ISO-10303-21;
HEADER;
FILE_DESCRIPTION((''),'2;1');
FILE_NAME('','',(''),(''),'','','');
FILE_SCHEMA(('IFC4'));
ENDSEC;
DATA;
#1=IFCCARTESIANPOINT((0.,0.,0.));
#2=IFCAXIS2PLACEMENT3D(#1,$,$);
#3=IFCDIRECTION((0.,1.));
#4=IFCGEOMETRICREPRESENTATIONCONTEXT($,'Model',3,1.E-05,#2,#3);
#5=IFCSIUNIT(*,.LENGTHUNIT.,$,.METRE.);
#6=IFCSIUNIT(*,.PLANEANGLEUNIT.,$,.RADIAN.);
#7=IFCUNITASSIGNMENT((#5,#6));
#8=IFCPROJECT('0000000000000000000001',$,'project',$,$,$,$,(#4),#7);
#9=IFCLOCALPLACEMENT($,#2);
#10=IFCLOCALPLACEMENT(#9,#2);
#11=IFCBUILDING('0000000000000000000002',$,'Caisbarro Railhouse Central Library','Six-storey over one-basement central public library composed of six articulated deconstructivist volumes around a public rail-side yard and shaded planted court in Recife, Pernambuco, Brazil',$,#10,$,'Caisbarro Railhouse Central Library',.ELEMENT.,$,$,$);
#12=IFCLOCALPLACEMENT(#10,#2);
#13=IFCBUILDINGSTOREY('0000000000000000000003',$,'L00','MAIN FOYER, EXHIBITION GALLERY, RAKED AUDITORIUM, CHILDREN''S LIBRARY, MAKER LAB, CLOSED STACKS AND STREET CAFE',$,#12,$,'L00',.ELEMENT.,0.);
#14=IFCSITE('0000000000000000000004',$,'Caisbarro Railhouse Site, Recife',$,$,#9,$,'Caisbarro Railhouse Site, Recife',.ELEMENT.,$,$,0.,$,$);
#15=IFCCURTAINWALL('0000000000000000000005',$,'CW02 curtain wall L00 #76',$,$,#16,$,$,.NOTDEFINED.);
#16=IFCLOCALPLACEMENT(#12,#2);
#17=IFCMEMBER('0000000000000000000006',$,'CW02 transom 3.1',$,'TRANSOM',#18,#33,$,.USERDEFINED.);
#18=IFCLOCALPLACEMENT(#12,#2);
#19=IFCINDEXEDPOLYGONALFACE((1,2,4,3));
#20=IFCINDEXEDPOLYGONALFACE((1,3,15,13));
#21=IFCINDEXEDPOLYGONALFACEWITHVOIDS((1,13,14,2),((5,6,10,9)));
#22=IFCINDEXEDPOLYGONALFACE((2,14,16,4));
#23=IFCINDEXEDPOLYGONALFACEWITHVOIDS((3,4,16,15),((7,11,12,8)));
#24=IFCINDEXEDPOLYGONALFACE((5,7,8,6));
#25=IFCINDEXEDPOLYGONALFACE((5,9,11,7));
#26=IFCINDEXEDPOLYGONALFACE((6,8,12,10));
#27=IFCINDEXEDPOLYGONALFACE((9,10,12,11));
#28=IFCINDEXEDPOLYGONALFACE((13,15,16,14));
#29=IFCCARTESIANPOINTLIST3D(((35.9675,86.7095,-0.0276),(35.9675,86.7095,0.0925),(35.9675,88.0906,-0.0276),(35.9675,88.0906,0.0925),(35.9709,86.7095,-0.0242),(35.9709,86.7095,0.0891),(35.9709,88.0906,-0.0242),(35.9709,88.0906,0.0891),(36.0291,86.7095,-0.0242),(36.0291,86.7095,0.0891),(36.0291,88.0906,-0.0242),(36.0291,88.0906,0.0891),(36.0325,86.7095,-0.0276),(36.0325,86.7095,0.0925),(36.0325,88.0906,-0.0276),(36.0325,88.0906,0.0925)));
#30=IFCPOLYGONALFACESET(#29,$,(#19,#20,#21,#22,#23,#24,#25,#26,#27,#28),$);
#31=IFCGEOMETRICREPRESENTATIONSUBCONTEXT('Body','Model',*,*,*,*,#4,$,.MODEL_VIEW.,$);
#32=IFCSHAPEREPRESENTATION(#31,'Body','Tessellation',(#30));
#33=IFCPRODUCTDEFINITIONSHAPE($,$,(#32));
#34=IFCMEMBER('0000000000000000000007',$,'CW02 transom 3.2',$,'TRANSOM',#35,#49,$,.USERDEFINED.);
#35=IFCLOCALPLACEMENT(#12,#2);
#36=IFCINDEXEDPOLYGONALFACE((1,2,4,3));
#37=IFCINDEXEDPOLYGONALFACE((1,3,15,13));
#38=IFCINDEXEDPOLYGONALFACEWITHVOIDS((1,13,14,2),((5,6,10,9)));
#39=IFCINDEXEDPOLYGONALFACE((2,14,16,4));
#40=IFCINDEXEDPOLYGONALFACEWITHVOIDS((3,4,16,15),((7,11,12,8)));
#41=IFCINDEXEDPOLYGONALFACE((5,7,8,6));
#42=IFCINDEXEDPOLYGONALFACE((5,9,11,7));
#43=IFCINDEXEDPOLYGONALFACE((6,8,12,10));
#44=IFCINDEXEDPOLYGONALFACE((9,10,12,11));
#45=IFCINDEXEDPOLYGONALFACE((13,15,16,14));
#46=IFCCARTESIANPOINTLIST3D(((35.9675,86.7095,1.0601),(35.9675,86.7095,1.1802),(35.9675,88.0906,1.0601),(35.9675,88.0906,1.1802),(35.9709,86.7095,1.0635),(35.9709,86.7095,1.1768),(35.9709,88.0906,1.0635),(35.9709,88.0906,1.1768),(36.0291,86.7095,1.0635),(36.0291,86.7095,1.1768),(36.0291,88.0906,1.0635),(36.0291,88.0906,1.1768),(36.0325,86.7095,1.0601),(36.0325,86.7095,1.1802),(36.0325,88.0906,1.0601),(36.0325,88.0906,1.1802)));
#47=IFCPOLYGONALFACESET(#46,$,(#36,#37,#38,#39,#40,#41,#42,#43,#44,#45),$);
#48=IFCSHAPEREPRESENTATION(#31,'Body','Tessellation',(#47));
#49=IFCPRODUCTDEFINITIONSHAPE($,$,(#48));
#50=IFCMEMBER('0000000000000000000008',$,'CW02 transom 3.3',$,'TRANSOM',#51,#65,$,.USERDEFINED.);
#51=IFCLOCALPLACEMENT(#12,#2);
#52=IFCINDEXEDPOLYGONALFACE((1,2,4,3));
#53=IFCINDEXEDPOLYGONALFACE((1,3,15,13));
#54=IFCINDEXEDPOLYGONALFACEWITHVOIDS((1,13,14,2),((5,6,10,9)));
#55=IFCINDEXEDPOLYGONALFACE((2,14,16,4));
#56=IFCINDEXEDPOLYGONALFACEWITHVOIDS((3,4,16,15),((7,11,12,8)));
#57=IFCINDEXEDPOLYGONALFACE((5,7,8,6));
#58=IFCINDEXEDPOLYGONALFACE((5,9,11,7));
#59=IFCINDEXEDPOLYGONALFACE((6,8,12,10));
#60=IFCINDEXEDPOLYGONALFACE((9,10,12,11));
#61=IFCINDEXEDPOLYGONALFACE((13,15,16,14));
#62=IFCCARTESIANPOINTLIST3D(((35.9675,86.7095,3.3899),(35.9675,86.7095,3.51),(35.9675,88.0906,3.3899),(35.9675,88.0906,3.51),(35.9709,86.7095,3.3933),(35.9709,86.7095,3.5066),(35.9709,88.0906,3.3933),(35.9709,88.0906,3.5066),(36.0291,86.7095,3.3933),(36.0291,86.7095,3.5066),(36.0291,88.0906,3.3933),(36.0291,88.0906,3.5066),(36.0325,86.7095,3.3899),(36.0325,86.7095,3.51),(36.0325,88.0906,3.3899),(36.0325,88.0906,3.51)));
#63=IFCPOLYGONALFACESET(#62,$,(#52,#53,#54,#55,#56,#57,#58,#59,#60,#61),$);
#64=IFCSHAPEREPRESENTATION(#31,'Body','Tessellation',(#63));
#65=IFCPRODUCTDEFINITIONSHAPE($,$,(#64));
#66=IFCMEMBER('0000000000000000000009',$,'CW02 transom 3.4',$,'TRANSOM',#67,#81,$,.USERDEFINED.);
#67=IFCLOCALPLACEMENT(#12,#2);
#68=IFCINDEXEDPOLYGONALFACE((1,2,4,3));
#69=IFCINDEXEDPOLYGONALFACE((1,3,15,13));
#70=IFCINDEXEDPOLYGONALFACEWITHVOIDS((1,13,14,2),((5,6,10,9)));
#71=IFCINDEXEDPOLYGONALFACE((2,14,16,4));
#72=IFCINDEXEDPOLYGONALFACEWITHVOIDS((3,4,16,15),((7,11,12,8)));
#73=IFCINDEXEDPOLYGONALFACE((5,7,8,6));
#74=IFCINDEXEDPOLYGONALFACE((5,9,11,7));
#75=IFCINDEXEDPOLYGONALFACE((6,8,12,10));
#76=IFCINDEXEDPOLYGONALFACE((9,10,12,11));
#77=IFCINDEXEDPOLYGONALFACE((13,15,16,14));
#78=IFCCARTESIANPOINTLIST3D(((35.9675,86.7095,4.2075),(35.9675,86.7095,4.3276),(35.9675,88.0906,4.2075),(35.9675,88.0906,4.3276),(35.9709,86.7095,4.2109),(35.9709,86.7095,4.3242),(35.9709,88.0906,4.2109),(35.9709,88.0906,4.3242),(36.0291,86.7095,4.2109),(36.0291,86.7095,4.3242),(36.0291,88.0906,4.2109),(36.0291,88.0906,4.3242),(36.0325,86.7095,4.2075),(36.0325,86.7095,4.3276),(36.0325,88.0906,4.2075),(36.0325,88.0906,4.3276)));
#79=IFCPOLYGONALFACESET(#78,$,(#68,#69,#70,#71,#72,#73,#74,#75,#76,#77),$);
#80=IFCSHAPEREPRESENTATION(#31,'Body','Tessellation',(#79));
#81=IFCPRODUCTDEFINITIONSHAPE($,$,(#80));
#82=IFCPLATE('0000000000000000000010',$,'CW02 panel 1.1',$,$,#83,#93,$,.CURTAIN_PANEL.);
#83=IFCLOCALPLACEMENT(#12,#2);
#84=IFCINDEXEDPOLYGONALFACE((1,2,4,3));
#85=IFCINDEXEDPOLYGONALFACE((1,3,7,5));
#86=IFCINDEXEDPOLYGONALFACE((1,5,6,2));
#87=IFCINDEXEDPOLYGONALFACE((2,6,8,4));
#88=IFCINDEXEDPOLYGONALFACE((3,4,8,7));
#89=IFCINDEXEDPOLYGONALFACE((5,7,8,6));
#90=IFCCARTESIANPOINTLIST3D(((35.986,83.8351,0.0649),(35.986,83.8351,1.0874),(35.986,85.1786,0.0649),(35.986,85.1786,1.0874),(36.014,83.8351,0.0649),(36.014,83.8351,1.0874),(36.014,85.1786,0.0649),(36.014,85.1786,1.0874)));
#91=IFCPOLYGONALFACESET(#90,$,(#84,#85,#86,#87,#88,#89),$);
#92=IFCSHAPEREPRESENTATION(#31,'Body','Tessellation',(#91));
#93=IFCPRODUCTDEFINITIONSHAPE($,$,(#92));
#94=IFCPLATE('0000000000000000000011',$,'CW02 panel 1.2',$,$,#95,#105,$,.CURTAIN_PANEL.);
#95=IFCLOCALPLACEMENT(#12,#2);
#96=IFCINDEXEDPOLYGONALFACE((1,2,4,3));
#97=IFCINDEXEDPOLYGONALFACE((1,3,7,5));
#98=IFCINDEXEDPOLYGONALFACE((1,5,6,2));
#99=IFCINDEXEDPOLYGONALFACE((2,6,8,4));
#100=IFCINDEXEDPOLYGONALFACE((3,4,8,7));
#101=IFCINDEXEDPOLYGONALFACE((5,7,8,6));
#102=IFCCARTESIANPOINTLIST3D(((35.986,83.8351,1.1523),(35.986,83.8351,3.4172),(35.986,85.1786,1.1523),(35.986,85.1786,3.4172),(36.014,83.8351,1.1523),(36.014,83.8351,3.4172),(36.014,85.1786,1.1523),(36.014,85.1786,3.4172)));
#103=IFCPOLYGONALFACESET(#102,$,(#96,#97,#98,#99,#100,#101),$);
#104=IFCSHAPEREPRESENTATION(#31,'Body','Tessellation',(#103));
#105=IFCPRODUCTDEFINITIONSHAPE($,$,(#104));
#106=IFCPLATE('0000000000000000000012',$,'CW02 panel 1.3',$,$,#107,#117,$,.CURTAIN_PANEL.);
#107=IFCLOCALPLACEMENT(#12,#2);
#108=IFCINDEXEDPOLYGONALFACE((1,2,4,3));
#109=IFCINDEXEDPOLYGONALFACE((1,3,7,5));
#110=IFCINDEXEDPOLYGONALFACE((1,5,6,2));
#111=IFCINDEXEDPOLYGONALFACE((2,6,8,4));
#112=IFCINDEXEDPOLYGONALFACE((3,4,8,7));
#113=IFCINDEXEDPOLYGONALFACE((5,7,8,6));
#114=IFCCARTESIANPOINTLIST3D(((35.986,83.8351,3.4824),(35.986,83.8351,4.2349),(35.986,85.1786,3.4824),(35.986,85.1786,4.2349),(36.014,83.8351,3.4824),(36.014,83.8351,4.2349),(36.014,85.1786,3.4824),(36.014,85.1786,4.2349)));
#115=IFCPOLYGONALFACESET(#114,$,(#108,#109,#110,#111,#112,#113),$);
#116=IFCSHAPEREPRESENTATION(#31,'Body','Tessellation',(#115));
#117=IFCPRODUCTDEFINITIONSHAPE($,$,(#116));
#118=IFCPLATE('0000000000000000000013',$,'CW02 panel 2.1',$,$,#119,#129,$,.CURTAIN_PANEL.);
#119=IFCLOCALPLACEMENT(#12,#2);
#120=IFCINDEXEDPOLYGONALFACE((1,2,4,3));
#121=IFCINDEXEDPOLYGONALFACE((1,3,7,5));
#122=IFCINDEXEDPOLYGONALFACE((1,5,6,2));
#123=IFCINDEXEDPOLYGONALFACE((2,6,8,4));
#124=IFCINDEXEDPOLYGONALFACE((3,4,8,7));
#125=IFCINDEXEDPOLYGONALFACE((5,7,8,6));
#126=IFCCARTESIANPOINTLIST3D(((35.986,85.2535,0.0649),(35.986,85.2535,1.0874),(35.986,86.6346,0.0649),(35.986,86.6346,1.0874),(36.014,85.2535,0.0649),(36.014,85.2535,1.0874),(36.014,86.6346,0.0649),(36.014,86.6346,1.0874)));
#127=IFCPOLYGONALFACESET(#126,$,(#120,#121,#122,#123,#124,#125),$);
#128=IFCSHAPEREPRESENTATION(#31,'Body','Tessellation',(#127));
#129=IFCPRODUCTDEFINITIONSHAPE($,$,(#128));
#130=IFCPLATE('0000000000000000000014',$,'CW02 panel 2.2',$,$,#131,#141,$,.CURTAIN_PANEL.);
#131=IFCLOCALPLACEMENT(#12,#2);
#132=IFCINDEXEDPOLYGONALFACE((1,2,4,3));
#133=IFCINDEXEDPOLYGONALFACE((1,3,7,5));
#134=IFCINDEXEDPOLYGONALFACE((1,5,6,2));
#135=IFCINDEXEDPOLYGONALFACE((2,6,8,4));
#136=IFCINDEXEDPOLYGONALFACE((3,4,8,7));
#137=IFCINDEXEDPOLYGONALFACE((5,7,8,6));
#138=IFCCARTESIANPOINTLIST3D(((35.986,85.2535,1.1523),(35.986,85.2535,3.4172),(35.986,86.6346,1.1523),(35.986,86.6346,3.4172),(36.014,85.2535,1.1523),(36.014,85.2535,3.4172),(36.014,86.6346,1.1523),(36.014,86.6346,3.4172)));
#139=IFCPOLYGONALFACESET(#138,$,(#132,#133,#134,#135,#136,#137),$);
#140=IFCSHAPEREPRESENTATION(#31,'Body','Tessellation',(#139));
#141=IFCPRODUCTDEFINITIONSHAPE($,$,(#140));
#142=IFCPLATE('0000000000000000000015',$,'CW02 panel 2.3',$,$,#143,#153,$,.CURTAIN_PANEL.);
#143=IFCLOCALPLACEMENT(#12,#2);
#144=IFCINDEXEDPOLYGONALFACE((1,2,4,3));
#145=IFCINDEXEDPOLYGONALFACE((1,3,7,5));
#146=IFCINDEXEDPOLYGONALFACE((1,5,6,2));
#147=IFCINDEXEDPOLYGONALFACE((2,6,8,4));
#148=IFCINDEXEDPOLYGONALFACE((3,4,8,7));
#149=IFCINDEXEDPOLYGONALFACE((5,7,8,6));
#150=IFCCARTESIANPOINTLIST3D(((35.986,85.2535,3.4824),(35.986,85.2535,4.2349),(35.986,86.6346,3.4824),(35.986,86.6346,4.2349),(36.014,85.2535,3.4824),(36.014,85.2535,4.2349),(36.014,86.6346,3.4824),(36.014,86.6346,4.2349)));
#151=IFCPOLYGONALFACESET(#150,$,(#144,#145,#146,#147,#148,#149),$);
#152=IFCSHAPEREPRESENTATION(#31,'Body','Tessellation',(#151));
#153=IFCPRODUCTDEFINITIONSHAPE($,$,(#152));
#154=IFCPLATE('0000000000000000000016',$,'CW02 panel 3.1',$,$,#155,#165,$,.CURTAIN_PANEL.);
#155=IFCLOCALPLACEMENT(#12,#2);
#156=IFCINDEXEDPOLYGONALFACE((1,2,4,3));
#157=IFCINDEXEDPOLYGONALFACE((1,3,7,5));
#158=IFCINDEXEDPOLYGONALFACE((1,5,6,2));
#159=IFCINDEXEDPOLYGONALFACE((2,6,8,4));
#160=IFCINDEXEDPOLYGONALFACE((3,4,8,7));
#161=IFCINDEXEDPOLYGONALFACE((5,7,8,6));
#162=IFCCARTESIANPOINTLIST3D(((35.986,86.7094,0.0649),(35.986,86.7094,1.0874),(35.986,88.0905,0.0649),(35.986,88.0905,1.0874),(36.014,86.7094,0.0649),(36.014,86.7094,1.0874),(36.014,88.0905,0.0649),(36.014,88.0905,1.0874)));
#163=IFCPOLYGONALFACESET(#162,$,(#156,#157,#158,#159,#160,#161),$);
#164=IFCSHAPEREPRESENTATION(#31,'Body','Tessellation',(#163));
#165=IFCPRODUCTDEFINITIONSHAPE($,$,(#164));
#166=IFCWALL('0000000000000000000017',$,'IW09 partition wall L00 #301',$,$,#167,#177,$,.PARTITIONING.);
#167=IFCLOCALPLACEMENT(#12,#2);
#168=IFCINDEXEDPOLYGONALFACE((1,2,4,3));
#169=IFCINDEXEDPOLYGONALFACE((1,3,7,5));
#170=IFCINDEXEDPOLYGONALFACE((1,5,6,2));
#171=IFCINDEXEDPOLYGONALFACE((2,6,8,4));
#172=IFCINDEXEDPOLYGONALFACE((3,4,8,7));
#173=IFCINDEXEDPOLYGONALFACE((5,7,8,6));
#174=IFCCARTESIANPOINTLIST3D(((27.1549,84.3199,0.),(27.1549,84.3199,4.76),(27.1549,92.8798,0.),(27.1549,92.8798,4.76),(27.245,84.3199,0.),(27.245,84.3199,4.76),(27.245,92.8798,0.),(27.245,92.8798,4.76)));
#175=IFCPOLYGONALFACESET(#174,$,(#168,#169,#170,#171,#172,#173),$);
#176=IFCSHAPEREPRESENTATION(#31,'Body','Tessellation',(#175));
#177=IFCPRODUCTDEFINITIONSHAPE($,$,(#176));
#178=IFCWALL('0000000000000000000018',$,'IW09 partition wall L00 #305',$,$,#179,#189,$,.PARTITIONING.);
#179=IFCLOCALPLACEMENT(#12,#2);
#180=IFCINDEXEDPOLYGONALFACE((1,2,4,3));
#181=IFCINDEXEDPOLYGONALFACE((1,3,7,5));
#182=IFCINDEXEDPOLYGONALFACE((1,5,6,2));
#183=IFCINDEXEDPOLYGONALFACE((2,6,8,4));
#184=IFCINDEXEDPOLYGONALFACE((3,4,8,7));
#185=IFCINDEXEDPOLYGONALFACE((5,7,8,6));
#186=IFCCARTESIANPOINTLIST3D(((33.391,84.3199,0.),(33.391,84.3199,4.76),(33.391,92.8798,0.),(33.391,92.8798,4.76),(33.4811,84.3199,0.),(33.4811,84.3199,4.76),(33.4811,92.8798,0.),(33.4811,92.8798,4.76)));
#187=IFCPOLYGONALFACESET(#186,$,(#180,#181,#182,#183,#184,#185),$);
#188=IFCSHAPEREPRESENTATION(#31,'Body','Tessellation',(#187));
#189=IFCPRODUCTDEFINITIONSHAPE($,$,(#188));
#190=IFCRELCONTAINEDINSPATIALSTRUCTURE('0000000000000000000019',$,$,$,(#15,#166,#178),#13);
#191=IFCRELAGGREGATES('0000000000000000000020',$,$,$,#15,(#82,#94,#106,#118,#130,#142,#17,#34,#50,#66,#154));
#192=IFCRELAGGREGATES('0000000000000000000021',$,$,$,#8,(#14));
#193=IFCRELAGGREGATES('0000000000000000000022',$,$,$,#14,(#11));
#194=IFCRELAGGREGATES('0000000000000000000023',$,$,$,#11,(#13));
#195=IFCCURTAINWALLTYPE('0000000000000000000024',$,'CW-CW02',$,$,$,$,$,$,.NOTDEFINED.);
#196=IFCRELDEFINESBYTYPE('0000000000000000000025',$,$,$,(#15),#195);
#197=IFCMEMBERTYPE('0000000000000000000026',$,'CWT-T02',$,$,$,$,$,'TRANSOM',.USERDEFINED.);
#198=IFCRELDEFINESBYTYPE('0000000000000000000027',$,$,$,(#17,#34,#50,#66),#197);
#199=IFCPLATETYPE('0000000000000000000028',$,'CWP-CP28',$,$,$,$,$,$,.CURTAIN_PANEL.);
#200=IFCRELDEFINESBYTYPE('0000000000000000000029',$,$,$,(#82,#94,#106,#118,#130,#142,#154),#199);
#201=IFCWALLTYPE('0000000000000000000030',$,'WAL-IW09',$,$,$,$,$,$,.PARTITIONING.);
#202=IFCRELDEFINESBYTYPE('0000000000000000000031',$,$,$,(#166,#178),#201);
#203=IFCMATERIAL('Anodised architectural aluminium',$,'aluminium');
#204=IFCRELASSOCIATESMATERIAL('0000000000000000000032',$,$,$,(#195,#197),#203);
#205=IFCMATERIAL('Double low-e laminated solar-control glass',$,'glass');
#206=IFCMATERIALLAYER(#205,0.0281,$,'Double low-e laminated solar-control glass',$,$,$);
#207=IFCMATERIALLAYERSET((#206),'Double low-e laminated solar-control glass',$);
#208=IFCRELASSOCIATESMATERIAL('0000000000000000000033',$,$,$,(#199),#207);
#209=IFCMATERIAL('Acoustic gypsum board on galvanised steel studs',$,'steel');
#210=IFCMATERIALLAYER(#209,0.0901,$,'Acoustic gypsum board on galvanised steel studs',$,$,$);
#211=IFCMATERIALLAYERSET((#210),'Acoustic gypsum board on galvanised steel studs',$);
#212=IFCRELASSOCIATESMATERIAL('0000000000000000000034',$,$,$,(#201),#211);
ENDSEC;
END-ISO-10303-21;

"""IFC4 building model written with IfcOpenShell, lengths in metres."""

from ifc_helpers import new_model, si_unit, direction, frame, frame_2d, origin, origin_2d, place, context, subcontext, project, spatial, rectangle, hollow_rectangle, extrude, material, layer, layer_set, material_profile, profile_set, type_object, element, aggregate, save


model = new_model("IFC4")

# Units and contexts
model_context = context("Model", 3, precision=1e-05, world=origin(), true_north=direction((0.0, 1.0)))
body_context = subcontext(model_context, "Body", "Model", "MODEL_VIEW")
ifc_project = project(units=[si_unit("LENGTHUNIT", "METRE"), si_unit("PLANEANGLEUNIT", "RADIAN")], contexts=[model_context])

# Site, building, storey
site_placement = place(None, origin())
site = spatial("IfcSite", under=ifc_project, at=site_placement, Name="Caisbarro Railhouse Site, Recife", LongName="Caisbarro Railhouse Site, Recife", CompositionType="ELEMENT", RefElevation=0.0)
building_placement = place(site_placement, origin())
building = spatial("IfcBuilding", under=site, at=building_placement, Name="Caisbarro Railhouse Central Library", Description="Six-storey over one-basement central public library composed of six articulated deconstructivist volumes around a public rail-side yard and shaded planted court in Recife, Pernambuco, Brazil", LongName="Caisbarro Railhouse Central Library", CompositionType="ELEMENT")
storey_placement = place(building_placement, origin())
storey = spatial("IfcBuildingStorey", under=building, at=storey_placement, Name="L00", Description="MAIN FOYER, EXHIBITION GALLERY, RAKED AUDITORIUM, CHILDREN'S LIBRARY, MAKER LAB, CLOSED STACKS AND STREET CAFE", LongName="L00", CompositionType="ELEMENT", Elevation=0.0)

# Curtain wall, members, plates
ifc_material_1 = material(Name="Anodised architectural aluminium", Category="aluminium")
curtain_wall_type = type_object("IfcCurtainWallType", Name="CW-CW02", PredefinedType="NOTDEFINED", material=ifc_material_1)
curtain_wall_placement = place(storey_placement, origin())
curtain_wall = element("IfcCurtainWall", 1, at=curtain_wall_placement, inside=storey, type_object=curtain_wall_type, Name="CW02 curtain wall L00 #76", PredefinedType="NOTDEFINED")
ifc_material_profile_1 = material_profile(ifc_material_1, hollow_rectangle(XDim=0.0649, YDim=0.1201, WallThickness=0.0034, at=origin_2d()), Name="ALU-TRN-65X120")
ifc_profile_set_1 = profile_set([ifc_material_profile_1], Name="Anodised architectural aluminium")
member_type_1 = type_object("IfcMemberType", Name="CWT-T02", ElementType="TRANSOM", PredefinedType="USERDEFINED", material=ifc_profile_set_1)
member_1_placement = place(storey_placement, frame((36.0, 86.7095, 0.0325), z_axis=(0.0, 1.0, 0.0), x_axis=(-1.0, 0.0, 0.0)))
member_1 = element("IfcMember", 2, at=member_1_placement, type_object=member_type_1, Name="CW02 transom 3.1", ObjectType="TRANSOM", PredefinedType="USERDEFINED", context=body_context, shape_type="SweptSolid", body=[
    extrude(hollow_rectangle(XDim=0.0649, YDim=0.1201, WallThickness=0.0034, at=origin_2d()), origin(), (0.0, 0.0, 1.0), 1.3811),
])
member_2_placement = place(storey_placement, frame((36.0, 86.7095, 1.1201), z_axis=(0.0, 1.0, 0.0), x_axis=(-1.0, 0.0, 0.0)))
member_2 = element("IfcMember", 3, at=member_2_placement, type_object=member_type_1, Name="CW02 transom 3.2", ObjectType="TRANSOM", PredefinedType="USERDEFINED", context=body_context, shape_type="SweptSolid", body=[
    extrude(hollow_rectangle(XDim=0.0649, YDim=0.1201, WallThickness=0.0034, at=origin_2d()), origin(), (0.0, 0.0, 1.0), 1.3811),
])
member_3_placement = place(storey_placement, frame((36.0, 86.7095, 3.45), z_axis=(0.0, 1.0, 0.0), x_axis=(-1.0, 0.0, 0.0)))
member_3 = element("IfcMember", 4, at=member_3_placement, type_object=member_type_1, Name="CW02 transom 3.3", ObjectType="TRANSOM", PredefinedType="USERDEFINED", context=body_context, shape_type="SweptSolid", body=[
    extrude(hollow_rectangle(XDim=0.0649, YDim=0.1201, WallThickness=0.0034, at=origin_2d()), origin(), (0.0, 0.0, 1.0), 1.3811),
])
member_4_placement = place(storey_placement, frame((36.0, 86.7095, 4.2676), z_axis=(0.0, 1.0, 0.0), x_axis=(-1.0, 0.0, 0.0)))
member_4 = element("IfcMember", 5, at=member_4_placement, type_object=member_type_1, Name="CW02 transom 3.4", ObjectType="TRANSOM", PredefinedType="USERDEFINED", context=body_context, shape_type="SweptSolid", body=[
    extrude(hollow_rectangle(XDim=0.0649, YDim=0.1201, WallThickness=0.0034, at=origin_2d()), origin(), (0.0, 0.0, 1.0), 1.3811),
])
ifc_material_2 = material(Name="Double low-e laminated solar-control glass", Category="glass")
ifc_layer_1 = layer(ifc_material_2, 0.0281, Name="Double low-e laminated solar-control glass")
ifc_layer_set_1 = layer_set([ifc_layer_1], Name="Double low-e laminated solar-control glass")
plate_type = type_object("IfcPlateType", Name="CWP-CP28", PredefinedType="CURTAIN_PANEL", material=ifc_layer_set_1)
plate_1_placement = place(storey_placement, frame((36.0, 84.5068, 0.0649), z_axis=(0.0, 0.0, 1.0), x_axis=(0.0, 1.0, 0.0)))
plate_1 = element("IfcPlate", 6, at=plate_1_placement, type_object=plate_type, Name="CW02 panel 1.1", PredefinedType="CURTAIN_PANEL", context=body_context, shape_type="SweptSolid", body=[
    extrude(rectangle(XDim=1.3435, YDim=0.0281, at=origin_2d()), origin(), (0.0, 0.0, 1.0), 1.0225),
])
plate_2_placement = place(storey_placement, frame((36.0, 84.5068, 1.1523), z_axis=(0.0, 0.0, 1.0), x_axis=(0.0, 1.0, 0.0)))
plate_2 = element("IfcPlate", 7, at=plate_2_placement, type_object=plate_type, Name="CW02 panel 1.2", PredefinedType="CURTAIN_PANEL", context=body_context, shape_type="SweptSolid", body=[
    extrude(rectangle(XDim=1.3435, YDim=0.0281, at=origin_2d()), origin(), (0.0, 0.0, 1.0), 2.2649),
])
plate_3_placement = place(storey_placement, frame((36.0, 84.5068, 3.4824), z_axis=(0.0, 0.0, 1.0), x_axis=(0.0, 1.0, 0.0)))
plate_3 = element("IfcPlate", 8, at=plate_3_placement, type_object=plate_type, Name="CW02 panel 1.3", PredefinedType="CURTAIN_PANEL", context=body_context, shape_type="SweptSolid", body=[
    extrude(rectangle(XDim=1.3435, YDim=0.0281, at=origin_2d()), origin(), (0.0, 0.0, 1.0), 0.7524),
])
plate_4_placement = place(storey_placement, frame((36.0, 85.9441, 0.0649), z_axis=(0.0, 0.0, 1.0), x_axis=(0.0, 1.0, 0.0)))
plate_4 = element("IfcPlate", 9, at=plate_4_placement, type_object=plate_type, Name="CW02 panel 2.1", PredefinedType="CURTAIN_PANEL", context=body_context, shape_type="SweptSolid", body=[
    extrude(rectangle(XDim=1.3811, YDim=0.0281, at=origin_2d()), origin(), (0.0, 0.0, 1.0), 1.0225),
])
plate_5_placement = place(storey_placement, frame((36.0, 85.9441, 1.1523), z_axis=(0.0, 0.0, 1.0), x_axis=(0.0, 1.0, 0.0)))
plate_5 = element("IfcPlate", 10, at=plate_5_placement, type_object=plate_type, Name="CW02 panel 2.2", PredefinedType="CURTAIN_PANEL", context=body_context, shape_type="SweptSolid", body=[
    extrude(rectangle(XDim=1.3811, YDim=0.0281, at=origin_2d()), origin(), (0.0, 0.0, 1.0), 2.2649),
])
plate_6_placement = place(storey_placement, frame((36.0, 85.9441, 3.4824), z_axis=(0.0, 0.0, 1.0), x_axis=(0.0, 1.0, 0.0)))
plate_6 = element("IfcPlate", 11, at=plate_6_placement, type_object=plate_type, Name="CW02 panel 2.3", PredefinedType="CURTAIN_PANEL", context=body_context, shape_type="SweptSolid", body=[
    extrude(rectangle(XDim=1.3811, YDim=0.0281, at=origin_2d()), origin(), (0.0, 0.0, 1.0), 0.7524),
])
plate_7_placement = place(storey_placement, frame((36.0, 87.3999, 0.0649), z_axis=(0.0, 0.0, 1.0), x_axis=(0.0, 1.0, 0.0)))
plate_7 = element("IfcPlate", 12, at=plate_7_placement, type_object=plate_type, Name="CW02 panel 3.1", PredefinedType="CURTAIN_PANEL", context=body_context, shape_type="SweptSolid", body=[
    extrude(rectangle(XDim=1.3811, YDim=0.0281, at=origin_2d()), origin(), (0.0, 0.0, 1.0), 1.0225),
])
aggregate(curtain_wall, [plate_1, plate_2, plate_3, plate_4, plate_5, plate_6, member_1, member_2, member_3, member_4, plate_7])

# Walls
ifc_material_3 = material(Name="Acoustic gypsum board on galvanised steel studs", Category="steel")
ifc_layer_2 = layer(ifc_material_3, 0.0901, Name="Acoustic gypsum board on galvanised steel studs")
ifc_layer_set_2 = layer_set([ifc_layer_2], Name="Acoustic gypsum board on galvanised steel studs")
wall_type_1 = type_object("IfcWallType", Name="WAL-IW09", PredefinedType="PARTITIONING", material=ifc_layer_set_2)
for number, where, z_axis, x_axis, name in (
    (13, (27.2, 84.3201, 0.0), (0.0, 0.0, 1.0), (0.0, 1.0, 0.0), "IW09 partition wall L00 #301"),
    (14, (33.436, 84.3201, 0.0), (0.0, 0.0, 1.0), (0.0, 1.0, 0.0), "IW09 partition wall L00 #305"),
):
    element("IfcWall", number, at=place(storey_placement, frame(where, z_axis=z_axis, x_axis=x_axis)), inside=storey, type_object=wall_type_1, Name=name, PredefinedType="PARTITIONING", context=body_context, shape_type="SweptSolid", body=[
        extrude(rectangle(XDim=8.5598, YDim=0.0901, at=frame_2d((4.2798, 0.0))), origin(), (0.0, 0.0, 1.0), 4.76),
    ])

save(model, "model.ifc")
